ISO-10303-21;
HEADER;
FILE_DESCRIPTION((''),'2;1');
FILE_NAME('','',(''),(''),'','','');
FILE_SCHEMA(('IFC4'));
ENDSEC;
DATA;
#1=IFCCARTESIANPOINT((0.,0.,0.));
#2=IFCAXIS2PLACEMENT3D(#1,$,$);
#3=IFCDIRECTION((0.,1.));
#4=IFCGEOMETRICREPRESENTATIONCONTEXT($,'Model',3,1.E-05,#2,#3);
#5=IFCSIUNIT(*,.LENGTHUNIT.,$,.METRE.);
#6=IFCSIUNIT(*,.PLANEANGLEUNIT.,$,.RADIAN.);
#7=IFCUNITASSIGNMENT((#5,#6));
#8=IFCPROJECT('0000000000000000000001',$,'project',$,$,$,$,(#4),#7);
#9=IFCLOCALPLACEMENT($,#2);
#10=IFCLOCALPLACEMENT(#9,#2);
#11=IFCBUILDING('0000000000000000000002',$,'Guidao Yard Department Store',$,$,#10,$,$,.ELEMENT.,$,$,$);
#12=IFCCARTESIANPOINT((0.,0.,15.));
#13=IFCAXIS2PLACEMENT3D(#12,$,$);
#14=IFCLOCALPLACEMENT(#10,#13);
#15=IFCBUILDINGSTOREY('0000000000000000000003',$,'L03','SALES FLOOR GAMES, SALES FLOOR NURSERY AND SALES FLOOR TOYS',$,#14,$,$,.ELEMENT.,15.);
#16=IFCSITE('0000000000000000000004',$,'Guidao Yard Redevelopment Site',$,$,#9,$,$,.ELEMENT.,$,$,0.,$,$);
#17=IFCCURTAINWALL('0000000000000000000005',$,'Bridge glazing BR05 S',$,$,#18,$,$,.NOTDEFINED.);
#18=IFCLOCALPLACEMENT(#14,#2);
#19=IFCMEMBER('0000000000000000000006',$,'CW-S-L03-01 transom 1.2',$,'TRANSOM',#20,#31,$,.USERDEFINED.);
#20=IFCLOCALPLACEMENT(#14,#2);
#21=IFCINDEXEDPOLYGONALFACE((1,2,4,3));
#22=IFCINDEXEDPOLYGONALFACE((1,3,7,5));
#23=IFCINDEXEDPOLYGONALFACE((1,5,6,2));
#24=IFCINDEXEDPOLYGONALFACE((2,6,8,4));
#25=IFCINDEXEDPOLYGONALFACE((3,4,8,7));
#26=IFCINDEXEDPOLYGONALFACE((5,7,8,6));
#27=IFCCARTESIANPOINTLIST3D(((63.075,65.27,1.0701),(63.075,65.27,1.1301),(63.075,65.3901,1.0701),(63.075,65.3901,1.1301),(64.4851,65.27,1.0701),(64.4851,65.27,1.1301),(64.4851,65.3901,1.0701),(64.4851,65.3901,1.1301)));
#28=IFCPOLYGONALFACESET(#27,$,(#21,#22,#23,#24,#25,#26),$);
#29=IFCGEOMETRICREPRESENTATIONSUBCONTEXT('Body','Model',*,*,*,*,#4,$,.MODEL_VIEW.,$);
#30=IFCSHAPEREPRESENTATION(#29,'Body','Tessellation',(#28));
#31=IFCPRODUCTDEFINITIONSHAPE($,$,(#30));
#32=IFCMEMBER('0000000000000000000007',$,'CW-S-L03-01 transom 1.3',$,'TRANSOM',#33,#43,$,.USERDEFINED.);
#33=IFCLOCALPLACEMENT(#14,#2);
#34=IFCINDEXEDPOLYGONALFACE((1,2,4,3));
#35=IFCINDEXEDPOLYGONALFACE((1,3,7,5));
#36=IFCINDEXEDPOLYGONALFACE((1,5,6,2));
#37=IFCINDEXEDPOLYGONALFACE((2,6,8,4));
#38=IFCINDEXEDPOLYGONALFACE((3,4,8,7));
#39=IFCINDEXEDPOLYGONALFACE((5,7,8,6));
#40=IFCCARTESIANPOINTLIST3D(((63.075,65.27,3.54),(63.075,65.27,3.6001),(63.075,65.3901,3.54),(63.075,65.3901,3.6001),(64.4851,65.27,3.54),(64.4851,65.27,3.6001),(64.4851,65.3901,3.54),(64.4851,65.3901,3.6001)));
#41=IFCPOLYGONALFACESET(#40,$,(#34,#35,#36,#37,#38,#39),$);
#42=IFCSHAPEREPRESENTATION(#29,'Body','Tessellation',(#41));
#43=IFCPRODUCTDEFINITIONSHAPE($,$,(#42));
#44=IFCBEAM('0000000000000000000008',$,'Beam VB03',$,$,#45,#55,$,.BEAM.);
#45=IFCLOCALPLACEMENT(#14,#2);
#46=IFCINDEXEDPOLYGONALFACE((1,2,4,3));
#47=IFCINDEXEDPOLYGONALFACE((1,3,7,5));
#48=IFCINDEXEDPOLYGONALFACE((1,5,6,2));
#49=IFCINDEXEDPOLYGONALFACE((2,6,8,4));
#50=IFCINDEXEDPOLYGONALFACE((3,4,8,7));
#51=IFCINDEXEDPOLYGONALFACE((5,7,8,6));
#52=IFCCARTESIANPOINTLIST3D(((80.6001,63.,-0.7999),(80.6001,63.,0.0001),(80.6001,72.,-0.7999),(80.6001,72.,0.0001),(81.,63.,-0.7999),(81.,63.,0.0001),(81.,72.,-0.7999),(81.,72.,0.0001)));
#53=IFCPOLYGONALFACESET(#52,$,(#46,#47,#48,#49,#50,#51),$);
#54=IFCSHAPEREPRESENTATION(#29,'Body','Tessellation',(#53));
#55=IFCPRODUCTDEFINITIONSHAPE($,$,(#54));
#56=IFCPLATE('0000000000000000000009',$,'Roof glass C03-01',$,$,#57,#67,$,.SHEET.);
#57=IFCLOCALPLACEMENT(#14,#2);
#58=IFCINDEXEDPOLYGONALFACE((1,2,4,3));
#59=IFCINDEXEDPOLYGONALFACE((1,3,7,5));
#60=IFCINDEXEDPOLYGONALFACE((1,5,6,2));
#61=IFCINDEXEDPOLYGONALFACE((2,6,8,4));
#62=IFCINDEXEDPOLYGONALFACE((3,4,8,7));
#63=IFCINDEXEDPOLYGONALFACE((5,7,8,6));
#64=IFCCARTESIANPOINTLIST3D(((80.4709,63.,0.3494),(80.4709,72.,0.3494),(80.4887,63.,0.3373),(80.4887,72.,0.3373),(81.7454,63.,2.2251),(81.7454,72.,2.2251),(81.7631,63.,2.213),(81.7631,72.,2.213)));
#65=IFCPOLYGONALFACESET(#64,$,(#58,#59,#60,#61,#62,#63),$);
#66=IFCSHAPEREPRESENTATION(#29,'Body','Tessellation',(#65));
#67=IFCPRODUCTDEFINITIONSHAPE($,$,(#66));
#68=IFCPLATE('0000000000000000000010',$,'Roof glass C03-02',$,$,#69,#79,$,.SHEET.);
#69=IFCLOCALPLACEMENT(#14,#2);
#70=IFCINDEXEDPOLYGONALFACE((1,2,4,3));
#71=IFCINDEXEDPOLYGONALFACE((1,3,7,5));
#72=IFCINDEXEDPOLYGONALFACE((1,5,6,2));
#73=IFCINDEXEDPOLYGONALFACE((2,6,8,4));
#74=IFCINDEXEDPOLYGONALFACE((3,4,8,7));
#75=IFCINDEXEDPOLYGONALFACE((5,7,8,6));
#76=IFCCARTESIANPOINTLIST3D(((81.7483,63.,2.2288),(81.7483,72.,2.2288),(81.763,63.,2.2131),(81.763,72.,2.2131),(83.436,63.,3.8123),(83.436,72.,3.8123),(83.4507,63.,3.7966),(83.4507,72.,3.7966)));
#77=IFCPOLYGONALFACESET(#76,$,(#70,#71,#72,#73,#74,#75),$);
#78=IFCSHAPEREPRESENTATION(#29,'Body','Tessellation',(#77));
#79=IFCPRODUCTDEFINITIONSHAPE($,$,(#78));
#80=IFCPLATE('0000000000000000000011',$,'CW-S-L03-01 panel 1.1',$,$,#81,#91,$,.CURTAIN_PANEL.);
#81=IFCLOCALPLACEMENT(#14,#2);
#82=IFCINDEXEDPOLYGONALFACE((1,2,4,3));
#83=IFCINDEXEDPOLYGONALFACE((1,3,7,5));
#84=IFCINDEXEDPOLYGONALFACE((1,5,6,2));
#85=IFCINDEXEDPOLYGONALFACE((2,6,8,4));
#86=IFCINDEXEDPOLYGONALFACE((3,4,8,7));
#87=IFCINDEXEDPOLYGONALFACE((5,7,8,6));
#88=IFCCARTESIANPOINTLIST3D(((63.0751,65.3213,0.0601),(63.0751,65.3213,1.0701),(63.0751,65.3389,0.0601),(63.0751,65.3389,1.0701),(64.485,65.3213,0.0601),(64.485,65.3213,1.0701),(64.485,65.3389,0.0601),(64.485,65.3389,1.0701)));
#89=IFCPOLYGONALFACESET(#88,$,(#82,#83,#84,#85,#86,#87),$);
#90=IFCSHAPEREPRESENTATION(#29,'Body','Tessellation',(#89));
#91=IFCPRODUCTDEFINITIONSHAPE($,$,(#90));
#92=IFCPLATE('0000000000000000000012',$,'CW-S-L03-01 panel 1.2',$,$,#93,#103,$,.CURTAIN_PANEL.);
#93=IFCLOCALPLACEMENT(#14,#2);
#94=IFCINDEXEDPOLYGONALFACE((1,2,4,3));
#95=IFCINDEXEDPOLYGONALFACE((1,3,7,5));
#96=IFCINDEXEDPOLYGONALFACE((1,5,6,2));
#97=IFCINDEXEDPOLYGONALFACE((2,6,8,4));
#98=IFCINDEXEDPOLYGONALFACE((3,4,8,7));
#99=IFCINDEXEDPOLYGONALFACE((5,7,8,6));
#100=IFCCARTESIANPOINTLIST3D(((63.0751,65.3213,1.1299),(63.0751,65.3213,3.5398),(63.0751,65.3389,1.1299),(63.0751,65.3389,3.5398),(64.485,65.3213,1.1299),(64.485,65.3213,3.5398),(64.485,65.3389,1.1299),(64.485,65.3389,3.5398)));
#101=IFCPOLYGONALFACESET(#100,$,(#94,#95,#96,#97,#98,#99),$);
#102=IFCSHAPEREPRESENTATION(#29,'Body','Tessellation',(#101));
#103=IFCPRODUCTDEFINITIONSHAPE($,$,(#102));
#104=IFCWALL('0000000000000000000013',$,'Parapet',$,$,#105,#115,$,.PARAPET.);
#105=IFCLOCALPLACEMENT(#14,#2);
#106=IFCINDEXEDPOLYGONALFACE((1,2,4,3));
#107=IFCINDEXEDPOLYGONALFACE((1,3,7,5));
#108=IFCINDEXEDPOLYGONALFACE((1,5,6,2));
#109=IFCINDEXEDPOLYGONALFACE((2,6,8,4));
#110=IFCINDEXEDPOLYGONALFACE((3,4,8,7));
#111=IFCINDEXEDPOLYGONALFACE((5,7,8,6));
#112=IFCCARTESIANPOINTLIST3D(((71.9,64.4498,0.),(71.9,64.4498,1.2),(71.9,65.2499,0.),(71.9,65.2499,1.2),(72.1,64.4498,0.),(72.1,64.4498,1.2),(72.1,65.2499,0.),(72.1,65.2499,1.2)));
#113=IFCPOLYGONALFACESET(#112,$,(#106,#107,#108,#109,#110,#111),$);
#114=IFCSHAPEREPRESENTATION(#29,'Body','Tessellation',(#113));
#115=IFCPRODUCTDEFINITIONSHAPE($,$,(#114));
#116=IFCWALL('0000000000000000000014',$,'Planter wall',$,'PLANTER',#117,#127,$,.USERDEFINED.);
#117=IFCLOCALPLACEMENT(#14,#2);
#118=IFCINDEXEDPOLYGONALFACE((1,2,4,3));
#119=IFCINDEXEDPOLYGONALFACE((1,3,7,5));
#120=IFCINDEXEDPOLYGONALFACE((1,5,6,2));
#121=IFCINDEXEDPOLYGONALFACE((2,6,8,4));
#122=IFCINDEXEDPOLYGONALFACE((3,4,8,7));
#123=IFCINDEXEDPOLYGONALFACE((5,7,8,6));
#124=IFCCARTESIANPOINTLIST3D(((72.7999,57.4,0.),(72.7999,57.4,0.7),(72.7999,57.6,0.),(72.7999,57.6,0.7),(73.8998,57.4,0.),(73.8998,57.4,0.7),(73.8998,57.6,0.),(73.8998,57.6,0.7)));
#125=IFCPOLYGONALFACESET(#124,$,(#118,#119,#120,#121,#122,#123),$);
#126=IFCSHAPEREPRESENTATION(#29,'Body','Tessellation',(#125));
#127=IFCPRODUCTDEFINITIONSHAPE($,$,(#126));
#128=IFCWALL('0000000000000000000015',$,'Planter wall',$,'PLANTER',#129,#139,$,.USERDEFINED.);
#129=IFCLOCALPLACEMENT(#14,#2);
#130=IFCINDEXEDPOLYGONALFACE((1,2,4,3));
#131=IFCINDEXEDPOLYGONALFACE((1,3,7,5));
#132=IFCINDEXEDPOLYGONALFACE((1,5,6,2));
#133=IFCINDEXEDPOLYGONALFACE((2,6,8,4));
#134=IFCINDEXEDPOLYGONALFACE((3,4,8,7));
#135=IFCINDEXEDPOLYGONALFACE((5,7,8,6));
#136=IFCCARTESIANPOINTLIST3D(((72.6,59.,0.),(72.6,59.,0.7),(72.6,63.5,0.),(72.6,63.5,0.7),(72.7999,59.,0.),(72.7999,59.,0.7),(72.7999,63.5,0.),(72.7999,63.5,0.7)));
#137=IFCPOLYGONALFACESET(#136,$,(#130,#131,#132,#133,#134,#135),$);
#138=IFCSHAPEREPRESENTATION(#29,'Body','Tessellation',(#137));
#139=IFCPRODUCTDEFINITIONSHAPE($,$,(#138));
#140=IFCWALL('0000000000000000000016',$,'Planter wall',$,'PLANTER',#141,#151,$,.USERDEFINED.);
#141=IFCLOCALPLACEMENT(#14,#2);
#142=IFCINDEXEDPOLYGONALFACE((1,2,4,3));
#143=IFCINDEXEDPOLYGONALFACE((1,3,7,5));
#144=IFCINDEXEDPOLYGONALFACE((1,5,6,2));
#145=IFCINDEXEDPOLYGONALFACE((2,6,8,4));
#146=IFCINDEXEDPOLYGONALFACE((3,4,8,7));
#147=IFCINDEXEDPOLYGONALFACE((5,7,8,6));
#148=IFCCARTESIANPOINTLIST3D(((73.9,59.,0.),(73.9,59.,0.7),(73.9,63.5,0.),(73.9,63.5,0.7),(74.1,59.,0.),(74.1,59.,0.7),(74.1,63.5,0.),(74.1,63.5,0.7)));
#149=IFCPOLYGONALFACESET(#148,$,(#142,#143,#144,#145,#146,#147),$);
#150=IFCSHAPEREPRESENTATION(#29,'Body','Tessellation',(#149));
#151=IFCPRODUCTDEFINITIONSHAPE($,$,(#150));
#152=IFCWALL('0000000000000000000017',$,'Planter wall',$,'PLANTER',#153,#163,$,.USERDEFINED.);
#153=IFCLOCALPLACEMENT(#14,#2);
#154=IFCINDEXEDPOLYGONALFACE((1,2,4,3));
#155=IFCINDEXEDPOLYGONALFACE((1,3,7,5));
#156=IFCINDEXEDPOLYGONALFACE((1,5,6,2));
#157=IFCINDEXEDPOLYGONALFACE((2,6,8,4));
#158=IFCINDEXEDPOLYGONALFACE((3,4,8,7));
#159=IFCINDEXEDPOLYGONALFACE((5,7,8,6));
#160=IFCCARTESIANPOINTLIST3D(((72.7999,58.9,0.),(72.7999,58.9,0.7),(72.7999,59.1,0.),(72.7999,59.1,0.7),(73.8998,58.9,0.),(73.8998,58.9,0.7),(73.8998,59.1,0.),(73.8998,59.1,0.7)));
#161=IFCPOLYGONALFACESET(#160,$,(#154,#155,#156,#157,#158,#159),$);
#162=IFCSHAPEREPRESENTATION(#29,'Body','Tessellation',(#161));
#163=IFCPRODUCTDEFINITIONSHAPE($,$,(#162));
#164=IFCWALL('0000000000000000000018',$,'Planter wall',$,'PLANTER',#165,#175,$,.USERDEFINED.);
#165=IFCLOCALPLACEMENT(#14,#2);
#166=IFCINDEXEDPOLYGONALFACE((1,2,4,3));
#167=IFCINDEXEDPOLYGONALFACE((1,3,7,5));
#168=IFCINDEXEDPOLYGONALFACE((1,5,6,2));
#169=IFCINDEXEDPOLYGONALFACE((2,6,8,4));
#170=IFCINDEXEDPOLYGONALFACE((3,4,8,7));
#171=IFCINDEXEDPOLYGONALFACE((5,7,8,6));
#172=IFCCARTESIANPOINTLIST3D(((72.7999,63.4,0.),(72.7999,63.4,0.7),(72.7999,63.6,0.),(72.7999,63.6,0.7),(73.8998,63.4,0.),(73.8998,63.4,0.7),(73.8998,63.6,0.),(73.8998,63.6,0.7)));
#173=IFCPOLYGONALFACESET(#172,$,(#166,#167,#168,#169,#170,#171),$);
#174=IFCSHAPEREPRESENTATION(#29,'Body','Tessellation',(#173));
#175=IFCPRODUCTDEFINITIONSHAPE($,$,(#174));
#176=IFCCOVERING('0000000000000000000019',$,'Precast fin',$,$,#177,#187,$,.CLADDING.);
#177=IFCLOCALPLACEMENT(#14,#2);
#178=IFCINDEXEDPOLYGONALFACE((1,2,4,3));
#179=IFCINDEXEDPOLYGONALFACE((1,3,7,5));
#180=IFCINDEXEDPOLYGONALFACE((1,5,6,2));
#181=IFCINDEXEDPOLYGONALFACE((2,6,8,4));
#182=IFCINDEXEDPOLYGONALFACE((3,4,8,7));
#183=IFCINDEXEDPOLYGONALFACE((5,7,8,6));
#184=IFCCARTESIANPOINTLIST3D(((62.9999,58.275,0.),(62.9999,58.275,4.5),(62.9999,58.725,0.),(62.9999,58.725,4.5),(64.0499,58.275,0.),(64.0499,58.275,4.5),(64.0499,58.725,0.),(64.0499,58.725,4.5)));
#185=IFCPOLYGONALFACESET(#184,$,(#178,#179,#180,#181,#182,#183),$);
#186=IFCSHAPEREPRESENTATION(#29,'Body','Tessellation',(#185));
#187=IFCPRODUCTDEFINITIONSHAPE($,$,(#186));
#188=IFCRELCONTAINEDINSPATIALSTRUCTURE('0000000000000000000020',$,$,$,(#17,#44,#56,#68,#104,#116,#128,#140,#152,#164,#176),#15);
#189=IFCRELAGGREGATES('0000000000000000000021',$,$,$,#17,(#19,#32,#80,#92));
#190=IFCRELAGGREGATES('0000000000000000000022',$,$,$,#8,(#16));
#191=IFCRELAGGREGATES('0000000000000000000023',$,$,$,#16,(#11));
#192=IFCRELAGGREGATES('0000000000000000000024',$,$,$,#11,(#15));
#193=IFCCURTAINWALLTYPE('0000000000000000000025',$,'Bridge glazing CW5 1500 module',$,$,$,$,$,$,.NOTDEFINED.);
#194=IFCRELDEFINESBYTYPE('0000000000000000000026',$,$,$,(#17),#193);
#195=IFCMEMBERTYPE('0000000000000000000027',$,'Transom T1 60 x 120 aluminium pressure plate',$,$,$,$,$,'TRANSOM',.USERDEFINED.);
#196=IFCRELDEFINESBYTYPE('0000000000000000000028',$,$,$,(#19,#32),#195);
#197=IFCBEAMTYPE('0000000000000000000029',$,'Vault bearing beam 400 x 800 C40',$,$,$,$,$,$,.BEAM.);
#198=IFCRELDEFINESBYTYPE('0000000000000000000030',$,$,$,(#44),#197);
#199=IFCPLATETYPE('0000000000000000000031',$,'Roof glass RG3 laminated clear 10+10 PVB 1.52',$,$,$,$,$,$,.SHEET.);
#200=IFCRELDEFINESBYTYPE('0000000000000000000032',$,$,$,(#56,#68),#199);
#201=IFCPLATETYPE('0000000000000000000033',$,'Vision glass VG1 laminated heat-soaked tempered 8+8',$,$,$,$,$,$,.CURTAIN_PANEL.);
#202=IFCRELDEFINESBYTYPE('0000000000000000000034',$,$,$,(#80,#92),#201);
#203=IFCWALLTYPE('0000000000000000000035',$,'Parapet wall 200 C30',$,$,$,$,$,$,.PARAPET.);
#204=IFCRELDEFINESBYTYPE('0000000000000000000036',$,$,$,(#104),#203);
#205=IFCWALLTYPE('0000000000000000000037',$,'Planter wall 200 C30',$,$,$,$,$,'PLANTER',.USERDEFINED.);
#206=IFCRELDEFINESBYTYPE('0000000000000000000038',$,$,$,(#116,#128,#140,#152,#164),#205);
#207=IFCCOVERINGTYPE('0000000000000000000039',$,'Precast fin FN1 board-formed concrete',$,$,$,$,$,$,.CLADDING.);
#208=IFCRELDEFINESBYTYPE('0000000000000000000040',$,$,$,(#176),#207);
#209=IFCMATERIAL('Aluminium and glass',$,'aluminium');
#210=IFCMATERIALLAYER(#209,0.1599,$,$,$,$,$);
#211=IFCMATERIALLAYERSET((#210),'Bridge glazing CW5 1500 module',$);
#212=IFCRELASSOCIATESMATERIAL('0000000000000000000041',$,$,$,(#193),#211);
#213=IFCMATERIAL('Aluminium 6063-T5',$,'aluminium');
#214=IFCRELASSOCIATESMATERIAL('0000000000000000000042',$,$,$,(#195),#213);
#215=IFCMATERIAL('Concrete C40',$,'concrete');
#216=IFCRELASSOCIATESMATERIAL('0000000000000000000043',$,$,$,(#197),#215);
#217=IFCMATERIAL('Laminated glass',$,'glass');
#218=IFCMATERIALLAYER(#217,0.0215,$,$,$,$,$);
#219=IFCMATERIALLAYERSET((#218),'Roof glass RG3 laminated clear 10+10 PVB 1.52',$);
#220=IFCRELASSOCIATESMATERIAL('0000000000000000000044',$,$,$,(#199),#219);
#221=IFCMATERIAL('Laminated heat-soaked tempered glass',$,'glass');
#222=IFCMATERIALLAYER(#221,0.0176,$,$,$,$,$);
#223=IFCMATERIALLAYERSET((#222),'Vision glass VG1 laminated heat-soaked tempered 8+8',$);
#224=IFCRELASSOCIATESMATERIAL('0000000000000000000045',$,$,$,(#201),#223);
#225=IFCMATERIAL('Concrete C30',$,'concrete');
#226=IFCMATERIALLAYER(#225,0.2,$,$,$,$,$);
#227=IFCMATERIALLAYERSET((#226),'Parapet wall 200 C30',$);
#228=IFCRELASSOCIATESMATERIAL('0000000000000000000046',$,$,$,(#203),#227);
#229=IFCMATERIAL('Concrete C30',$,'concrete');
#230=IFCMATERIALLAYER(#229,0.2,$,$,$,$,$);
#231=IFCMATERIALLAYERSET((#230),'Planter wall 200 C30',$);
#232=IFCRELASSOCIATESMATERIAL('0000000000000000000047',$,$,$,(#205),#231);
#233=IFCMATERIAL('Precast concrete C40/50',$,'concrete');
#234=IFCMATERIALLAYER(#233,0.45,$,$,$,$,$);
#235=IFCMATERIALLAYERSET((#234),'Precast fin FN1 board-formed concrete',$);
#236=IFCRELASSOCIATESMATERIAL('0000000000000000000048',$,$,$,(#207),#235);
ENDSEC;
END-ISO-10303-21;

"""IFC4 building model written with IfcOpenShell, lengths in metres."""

from ifc_helpers import new_model, si_unit, direction, frame, frame_2d, origin, origin_2d, place, context, subcontext, project, spatial, polyline, rectangle, outline, extrude, material, layer, layer_set, material_profile, profile_set, type_object, element, aggregate, save


model = new_model("IFC4")

# Units and contexts
model_context = context("Model", 3, precision=1e-05, world=origin(), true_north=direction((0.0, 1.0)))
body_context = subcontext(model_context, "Body", "Model", "MODEL_VIEW")
ifc_project = project(units=[si_unit("LENGTHUNIT", "METRE"), si_unit("PLANEANGLEUNIT", "RADIAN")], contexts=[model_context])

# Site, building, storey
site_placement = place(None, origin())
site = spatial("IfcSite", under=ifc_project, at=site_placement, Name="Guidao Yard Redevelopment Site", CompositionType="ELEMENT", RefElevation=0.0)
building_placement = place(site_placement, origin())
building = spatial("IfcBuilding", under=site, at=building_placement, Name="Guidao Yard Department Store", CompositionType="ELEMENT")
storey_placement = place(building_placement, frame((0.0, 0.0, 15.0)))
storey = spatial("IfcBuildingStorey", under=building, at=storey_placement, Name="L03", Description="SALES FLOOR GAMES, SALES FLOOR NURSERY AND SALES FLOOR TOYS", CompositionType="ELEMENT", Elevation=15.0)

# Curtain wall
ifc_material_1 = material(Name="Aluminium and glass", Category="aluminium")
ifc_layer_1 = layer(ifc_material_1, 0.1599)
ifc_layer_set_1 = layer_set([ifc_layer_1], Name="Bridge glazing CW5 1500 module")
curtain_wall_type = type_object("IfcCurtainWallType", Name="Bridge glazing CW5 1500 module", PredefinedType="NOTDEFINED", material=ifc_layer_set_1)
curtain_wall_1_placement = place(storey_placement, origin())
curtain_wall_1 = element("IfcCurtainWall", 1, at=curtain_wall_1_placement, inside=storey, type_object=curtain_wall_type, Name="Bridge glazing BR05 S", PredefinedType="NOTDEFINED")

# Members
ifc_material_2 = material(Name="Aluminium 6063-T5", Category="aluminium")
ifc_material_profile_1 = material_profile(ifc_material_2, rectangle(XDim=0.1201, YDim=0.0601, at=origin_2d()), Name="Transom T1 60 x 120 aluminium pressure plate")
ifc_profile_set_1 = profile_set([ifc_material_profile_1], Name="Aluminium 6063-T5")
member_type_1 = type_object("IfcMemberType", Name="Transom T1 60 x 120 aluminium pressure plate", ElementType="TRANSOM", PredefinedType="USERDEFINED", material=ifc_profile_set_1)
member_1_placement = place(storey_placement, frame((64.4851, 65.3301, 1.1001), z_axis=(-1.0, 0.0, 0.0), x_axis=(0.0, -1.0, 0.0)))
member_1 = element("IfcMember", 2, at=member_1_placement, type_object=member_type_1, Name="CW-S-L03-01 transom 1.2", ObjectType="TRANSOM", PredefinedType="USERDEFINED", context=body_context, shape_type="SweptSolid", body=[
    extrude(rectangle(XDim=0.1201, YDim=0.0601, at=origin_2d()), origin(), (0.0, 0.0, 1.0), 1.4102),
])
member_2_placement = place(storey_placement, frame((64.4851, 65.3301, 3.5701), z_axis=(-1.0, 0.0, 0.0), x_axis=(0.0, -1.0, 0.0)))
member_2 = element("IfcMember", 3, at=member_2_placement, type_object=member_type_1, Name="CW-S-L03-01 transom 1.3", ObjectType="TRANSOM", PredefinedType="USERDEFINED", context=body_context, shape_type="SweptSolid", body=[
    extrude(rectangle(XDim=0.1201, YDim=0.0601, at=origin_2d()), origin(), (0.0, 0.0, 1.0), 1.4102),
])

# Beam
ifc_material_3 = material(Name="Concrete C40", Category="concrete")
ifc_material_profile_2 = material_profile(ifc_material_3, rectangle(XDim=0.3999, YDim=0.8, at=origin_2d()), Name="Vault bearing beam 400 x 800 C40")
ifc_profile_set_2 = profile_set([ifc_material_profile_2], Name="Concrete C40")
beam_type_1 = type_object("IfcBeamType", Name="Vault bearing beam 400 x 800 C40", PredefinedType="BEAM", material=ifc_profile_set_2)
beam_1_placement = place(storey_placement, frame((80.8, 63.0, -0.3999), z_axis=(0.0, 1.0, 0.0), x_axis=(-1.0, 0.0, 0.0)))
element("IfcBeam", 4, at=beam_1_placement, inside=storey, type_object=beam_type_1, Name="Beam VB03", PredefinedType="BEAM", context=body_context, shape_type="SweptSolid", body=[
    extrude(rectangle(XDim=0.3999, YDim=0.8, at=origin_2d()), origin(), (0.0, 0.0, 1.0), 9.0),
])

# Plates
ifc_material_4 = material(Name="Laminated glass", Category="glass")
ifc_layer_2 = layer(ifc_material_4, 0.0215)
ifc_layer_set_2 = layer_set([ifc_layer_2], Name="Roof glass RG3 laminated clear 10+10 PVB 1.52")
plate_type_1 = type_object("IfcPlateType", Name="Roof glass RG3 laminated clear 10+10 PVB 1.52", PredefinedType="SHEET", material=ifc_layer_set_2)
plate_1_placement = place(storey_placement, frame((80.4709, 63.0, 0.3494), z_axis=(-0.827149, 0.0, 0.561983), x_axis=(0.561983, 0.0, 0.827149)))
element("IfcPlate", 5, at=plate_1_placement, inside=storey, type_object=plate_type_1, Name="Roof glass C03-01", PredefinedType="SHEET", context=body_context, shape_type="SweptSolid", body=[
    extrude(outline(polyline([(0.0, 0.0), (2.2677, 0.0), (2.2677, 9.0), (0.0, 9.0), (0.0, 0.0)])), origin(), (0.0, 0.0, -1.0), 0.0215),
])
plate_2_placement = place(storey_placement, frame((81.7483, 63.0, 2.2288), z_axis=(-0.684225, 0.0, 0.729271), x_axis=(0.729271, 0.0, 0.684225)))
element("IfcPlate", 6, at=plate_2_placement, inside=storey, type_object=plate_type_1, Name="Roof glass C03-02", PredefinedType="SHEET", context=body_context, shape_type="SweptSolid", body=[
    extrude(outline(polyline([(0.0, 0.0), (2.3143, 0.0), (2.3143, 9.0), (0.0, 9.0), (0.0, 0.0)])), origin(), (0.0, 0.0, -1.0), 0.0215),
])

# Plates
ifc_material_5 = material(Name="Laminated heat-soaked tempered glass", Category="glass")
ifc_layer_3 = layer(ifc_material_5, 0.0176)
ifc_layer_set_3 = layer_set([ifc_layer_3], Name="Vision glass VG1 laminated heat-soaked tempered 8+8")
plate_type_2 = type_object("IfcPlateType", Name="Vision glass VG1 laminated heat-soaked tempered 8+8", PredefinedType="CURTAIN_PANEL", material=ifc_layer_set_3)
plate_3_placement = place(storey_placement, frame((63.78, 65.3301, 0.0601), z_axis=(0.0, 0.0, 1.0), x_axis=(-1.0, 0.0, 0.0)))
plate_3 = element("IfcPlate", 7, at=plate_3_placement, type_object=plate_type_2, Name="CW-S-L03-01 panel 1.1", PredefinedType="CURTAIN_PANEL", context=body_context, shape_type="SweptSolid", body=[
    extrude(rectangle(XDim=1.4099, YDim=0.0176, at=origin_2d()), origin(), (0.0, 0.0, 1.0), 1.01),
])
plate_4_placement = place(storey_placement, frame((63.78, 65.3301, 1.1299), z_axis=(0.0, 0.0, 1.0), x_axis=(-1.0, 0.0, 0.0)))
plate_4 = element("IfcPlate", 8, at=plate_4_placement, type_object=plate_type_2, Name="CW-S-L03-01 panel 1.2", PredefinedType="CURTAIN_PANEL", context=body_context, shape_type="SweptSolid", body=[
    extrude(rectangle(XDim=1.4099, YDim=0.0176, at=origin_2d()), origin(), (0.0, 0.0, 1.0), 2.4099),
])
aggregate(curtain_wall_1, [member_1, member_2, plate_3, plate_4])

# Walls
ifc_material_6 = material(Name="Concrete C30", Category="concrete")
ifc_layer_4 = layer(ifc_material_6, 0.2)
ifc_layer_set_4 = layer_set([ifc_layer_4], Name="Parapet wall 200 C30")
wall_type_1 = type_object("IfcWallType", Name="Parapet wall 200 C30", PredefinedType="PARAPET", material=ifc_layer_set_4)
wall_1_placement = place(storey_placement, frame((72.0, 64.45, 0.0), z_axis=(0.0, 0.0, 1.0), x_axis=(0.0, 1.0, 0.0)))
element("IfcWall", 9, at=wall_1_placement, inside=storey, type_object=wall_type_1, Name="Parapet", PredefinedType="PARAPET", context=body_context, shape_type="SweptSolid", body=[
    extrude(rectangle(XDim=0.8, YDim=0.2, at=frame_2d((0.3999, 0.0))), origin(), (0.0, 0.0, 1.0), 1.2),
])
ifc_material_7 = material(Name="Concrete C30", Category="concrete")
ifc_layer_5 = layer(ifc_material_7, 0.2)
ifc_layer_set_5 = layer_set([ifc_layer_5], Name="Planter wall 200 C30")
wall_type_2 = type_object("IfcWallType", Name="Planter wall 200 C30", ElementType="PLANTER", PredefinedType="USERDEFINED", material=ifc_layer_set_5)
wall_2_placement = place(storey_placement, frame((72.8, 57.5, 0.0), z_axis=(0.0, 0.0, 1.0), x_axis=(1.0, 0.0, 0.0)))
element("IfcWall", 10, at=wall_2_placement, inside=storey, type_object=wall_type_2, Name="Planter wall", ObjectType="PLANTER", PredefinedType="USERDEFINED", context=body_context, shape_type="SweptSolid", body=[
    extrude(rectangle(XDim=1.0999, YDim=0.2, at=frame_2d((0.5498, 0.0))), origin(), (0.0, 0.0, 1.0), 0.7),
])
for number, where, z_axis, x_axis, name in (
    (11, (72.7, 59.0, 0.0), (0.0, 0.0, 1.0), (0.0, 1.0, 0.0), "Planter wall"),
    (12, (74.0, 59.0, 0.0), (0.0, 0.0, 1.0), (0.0, 1.0, 0.0), "Planter wall"),
):
    element("IfcWall", number, at=place(storey_placement, frame(where, z_axis=z_axis, x_axis=x_axis)), inside=storey, type_object=wall_type_2, Name=name, ObjectType="PLANTER", PredefinedType="USERDEFINED", context=body_context, shape_type="SweptSolid", body=[
        extrude(rectangle(XDim=4.5, YDim=0.2, at=frame_2d((2.25, 0.0))), origin(), (0.0, 0.0, 1.0), 0.7),
    ])
for number, where, z_axis, x_axis, name in (
    (13, (72.8, 59.0, 0.0), (0.0, 0.0, 1.0), (1.0, 0.0, 0.0), "Planter wall"),
    (14, (72.8, 63.5, 0.0), (0.0, 0.0, 1.0), (1.0, 0.0, 0.0), "Planter wall"),
):
    element("IfcWall", number, at=place(storey_placement, frame(where, z_axis=z_axis, x_axis=x_axis)), inside=storey, type_object=wall_type_2, Name=name, ObjectType="PLANTER", PredefinedType="USERDEFINED", context=body_context, shape_type="SweptSolid", body=[
        extrude(rectangle(XDim=1.0999, YDim=0.2, at=frame_2d((0.5498, 0.0))), origin(), (0.0, 0.0, 1.0), 0.7),
    ])

# Covering
ifc_material_8 = material(Name="Precast concrete C40/50", Category="concrete")
ifc_layer_6 = layer(ifc_material_8, 0.45)
ifc_layer_set_6 = layer_set([ifc_layer_6], Name="Precast fin FN1 board-formed concrete")
covering_type = type_object("IfcCoveringType", Name="Precast fin FN1 board-formed concrete", PredefinedType="CLADDING", material=ifc_layer_set_6)
covering_1_placement = place(storey_placement, frame((63.5249, 58.5, 0.0), z_axis=(0.0, 0.0, 1.0), x_axis=(0.0, -1.0, 0.0)))
element("IfcCovering", 15, at=covering_1_placement, inside=storey, type_object=covering_type, Name="Precast fin", PredefinedType="CLADDING", context=body_context, shape_type="SweptSolid", body=[
    extrude(rectangle(XDim=0.45, YDim=1.05, at=origin_2d()), origin(), (0.0, 0.0, 1.0), 4.5),
])

save(model, "model.ifc")
